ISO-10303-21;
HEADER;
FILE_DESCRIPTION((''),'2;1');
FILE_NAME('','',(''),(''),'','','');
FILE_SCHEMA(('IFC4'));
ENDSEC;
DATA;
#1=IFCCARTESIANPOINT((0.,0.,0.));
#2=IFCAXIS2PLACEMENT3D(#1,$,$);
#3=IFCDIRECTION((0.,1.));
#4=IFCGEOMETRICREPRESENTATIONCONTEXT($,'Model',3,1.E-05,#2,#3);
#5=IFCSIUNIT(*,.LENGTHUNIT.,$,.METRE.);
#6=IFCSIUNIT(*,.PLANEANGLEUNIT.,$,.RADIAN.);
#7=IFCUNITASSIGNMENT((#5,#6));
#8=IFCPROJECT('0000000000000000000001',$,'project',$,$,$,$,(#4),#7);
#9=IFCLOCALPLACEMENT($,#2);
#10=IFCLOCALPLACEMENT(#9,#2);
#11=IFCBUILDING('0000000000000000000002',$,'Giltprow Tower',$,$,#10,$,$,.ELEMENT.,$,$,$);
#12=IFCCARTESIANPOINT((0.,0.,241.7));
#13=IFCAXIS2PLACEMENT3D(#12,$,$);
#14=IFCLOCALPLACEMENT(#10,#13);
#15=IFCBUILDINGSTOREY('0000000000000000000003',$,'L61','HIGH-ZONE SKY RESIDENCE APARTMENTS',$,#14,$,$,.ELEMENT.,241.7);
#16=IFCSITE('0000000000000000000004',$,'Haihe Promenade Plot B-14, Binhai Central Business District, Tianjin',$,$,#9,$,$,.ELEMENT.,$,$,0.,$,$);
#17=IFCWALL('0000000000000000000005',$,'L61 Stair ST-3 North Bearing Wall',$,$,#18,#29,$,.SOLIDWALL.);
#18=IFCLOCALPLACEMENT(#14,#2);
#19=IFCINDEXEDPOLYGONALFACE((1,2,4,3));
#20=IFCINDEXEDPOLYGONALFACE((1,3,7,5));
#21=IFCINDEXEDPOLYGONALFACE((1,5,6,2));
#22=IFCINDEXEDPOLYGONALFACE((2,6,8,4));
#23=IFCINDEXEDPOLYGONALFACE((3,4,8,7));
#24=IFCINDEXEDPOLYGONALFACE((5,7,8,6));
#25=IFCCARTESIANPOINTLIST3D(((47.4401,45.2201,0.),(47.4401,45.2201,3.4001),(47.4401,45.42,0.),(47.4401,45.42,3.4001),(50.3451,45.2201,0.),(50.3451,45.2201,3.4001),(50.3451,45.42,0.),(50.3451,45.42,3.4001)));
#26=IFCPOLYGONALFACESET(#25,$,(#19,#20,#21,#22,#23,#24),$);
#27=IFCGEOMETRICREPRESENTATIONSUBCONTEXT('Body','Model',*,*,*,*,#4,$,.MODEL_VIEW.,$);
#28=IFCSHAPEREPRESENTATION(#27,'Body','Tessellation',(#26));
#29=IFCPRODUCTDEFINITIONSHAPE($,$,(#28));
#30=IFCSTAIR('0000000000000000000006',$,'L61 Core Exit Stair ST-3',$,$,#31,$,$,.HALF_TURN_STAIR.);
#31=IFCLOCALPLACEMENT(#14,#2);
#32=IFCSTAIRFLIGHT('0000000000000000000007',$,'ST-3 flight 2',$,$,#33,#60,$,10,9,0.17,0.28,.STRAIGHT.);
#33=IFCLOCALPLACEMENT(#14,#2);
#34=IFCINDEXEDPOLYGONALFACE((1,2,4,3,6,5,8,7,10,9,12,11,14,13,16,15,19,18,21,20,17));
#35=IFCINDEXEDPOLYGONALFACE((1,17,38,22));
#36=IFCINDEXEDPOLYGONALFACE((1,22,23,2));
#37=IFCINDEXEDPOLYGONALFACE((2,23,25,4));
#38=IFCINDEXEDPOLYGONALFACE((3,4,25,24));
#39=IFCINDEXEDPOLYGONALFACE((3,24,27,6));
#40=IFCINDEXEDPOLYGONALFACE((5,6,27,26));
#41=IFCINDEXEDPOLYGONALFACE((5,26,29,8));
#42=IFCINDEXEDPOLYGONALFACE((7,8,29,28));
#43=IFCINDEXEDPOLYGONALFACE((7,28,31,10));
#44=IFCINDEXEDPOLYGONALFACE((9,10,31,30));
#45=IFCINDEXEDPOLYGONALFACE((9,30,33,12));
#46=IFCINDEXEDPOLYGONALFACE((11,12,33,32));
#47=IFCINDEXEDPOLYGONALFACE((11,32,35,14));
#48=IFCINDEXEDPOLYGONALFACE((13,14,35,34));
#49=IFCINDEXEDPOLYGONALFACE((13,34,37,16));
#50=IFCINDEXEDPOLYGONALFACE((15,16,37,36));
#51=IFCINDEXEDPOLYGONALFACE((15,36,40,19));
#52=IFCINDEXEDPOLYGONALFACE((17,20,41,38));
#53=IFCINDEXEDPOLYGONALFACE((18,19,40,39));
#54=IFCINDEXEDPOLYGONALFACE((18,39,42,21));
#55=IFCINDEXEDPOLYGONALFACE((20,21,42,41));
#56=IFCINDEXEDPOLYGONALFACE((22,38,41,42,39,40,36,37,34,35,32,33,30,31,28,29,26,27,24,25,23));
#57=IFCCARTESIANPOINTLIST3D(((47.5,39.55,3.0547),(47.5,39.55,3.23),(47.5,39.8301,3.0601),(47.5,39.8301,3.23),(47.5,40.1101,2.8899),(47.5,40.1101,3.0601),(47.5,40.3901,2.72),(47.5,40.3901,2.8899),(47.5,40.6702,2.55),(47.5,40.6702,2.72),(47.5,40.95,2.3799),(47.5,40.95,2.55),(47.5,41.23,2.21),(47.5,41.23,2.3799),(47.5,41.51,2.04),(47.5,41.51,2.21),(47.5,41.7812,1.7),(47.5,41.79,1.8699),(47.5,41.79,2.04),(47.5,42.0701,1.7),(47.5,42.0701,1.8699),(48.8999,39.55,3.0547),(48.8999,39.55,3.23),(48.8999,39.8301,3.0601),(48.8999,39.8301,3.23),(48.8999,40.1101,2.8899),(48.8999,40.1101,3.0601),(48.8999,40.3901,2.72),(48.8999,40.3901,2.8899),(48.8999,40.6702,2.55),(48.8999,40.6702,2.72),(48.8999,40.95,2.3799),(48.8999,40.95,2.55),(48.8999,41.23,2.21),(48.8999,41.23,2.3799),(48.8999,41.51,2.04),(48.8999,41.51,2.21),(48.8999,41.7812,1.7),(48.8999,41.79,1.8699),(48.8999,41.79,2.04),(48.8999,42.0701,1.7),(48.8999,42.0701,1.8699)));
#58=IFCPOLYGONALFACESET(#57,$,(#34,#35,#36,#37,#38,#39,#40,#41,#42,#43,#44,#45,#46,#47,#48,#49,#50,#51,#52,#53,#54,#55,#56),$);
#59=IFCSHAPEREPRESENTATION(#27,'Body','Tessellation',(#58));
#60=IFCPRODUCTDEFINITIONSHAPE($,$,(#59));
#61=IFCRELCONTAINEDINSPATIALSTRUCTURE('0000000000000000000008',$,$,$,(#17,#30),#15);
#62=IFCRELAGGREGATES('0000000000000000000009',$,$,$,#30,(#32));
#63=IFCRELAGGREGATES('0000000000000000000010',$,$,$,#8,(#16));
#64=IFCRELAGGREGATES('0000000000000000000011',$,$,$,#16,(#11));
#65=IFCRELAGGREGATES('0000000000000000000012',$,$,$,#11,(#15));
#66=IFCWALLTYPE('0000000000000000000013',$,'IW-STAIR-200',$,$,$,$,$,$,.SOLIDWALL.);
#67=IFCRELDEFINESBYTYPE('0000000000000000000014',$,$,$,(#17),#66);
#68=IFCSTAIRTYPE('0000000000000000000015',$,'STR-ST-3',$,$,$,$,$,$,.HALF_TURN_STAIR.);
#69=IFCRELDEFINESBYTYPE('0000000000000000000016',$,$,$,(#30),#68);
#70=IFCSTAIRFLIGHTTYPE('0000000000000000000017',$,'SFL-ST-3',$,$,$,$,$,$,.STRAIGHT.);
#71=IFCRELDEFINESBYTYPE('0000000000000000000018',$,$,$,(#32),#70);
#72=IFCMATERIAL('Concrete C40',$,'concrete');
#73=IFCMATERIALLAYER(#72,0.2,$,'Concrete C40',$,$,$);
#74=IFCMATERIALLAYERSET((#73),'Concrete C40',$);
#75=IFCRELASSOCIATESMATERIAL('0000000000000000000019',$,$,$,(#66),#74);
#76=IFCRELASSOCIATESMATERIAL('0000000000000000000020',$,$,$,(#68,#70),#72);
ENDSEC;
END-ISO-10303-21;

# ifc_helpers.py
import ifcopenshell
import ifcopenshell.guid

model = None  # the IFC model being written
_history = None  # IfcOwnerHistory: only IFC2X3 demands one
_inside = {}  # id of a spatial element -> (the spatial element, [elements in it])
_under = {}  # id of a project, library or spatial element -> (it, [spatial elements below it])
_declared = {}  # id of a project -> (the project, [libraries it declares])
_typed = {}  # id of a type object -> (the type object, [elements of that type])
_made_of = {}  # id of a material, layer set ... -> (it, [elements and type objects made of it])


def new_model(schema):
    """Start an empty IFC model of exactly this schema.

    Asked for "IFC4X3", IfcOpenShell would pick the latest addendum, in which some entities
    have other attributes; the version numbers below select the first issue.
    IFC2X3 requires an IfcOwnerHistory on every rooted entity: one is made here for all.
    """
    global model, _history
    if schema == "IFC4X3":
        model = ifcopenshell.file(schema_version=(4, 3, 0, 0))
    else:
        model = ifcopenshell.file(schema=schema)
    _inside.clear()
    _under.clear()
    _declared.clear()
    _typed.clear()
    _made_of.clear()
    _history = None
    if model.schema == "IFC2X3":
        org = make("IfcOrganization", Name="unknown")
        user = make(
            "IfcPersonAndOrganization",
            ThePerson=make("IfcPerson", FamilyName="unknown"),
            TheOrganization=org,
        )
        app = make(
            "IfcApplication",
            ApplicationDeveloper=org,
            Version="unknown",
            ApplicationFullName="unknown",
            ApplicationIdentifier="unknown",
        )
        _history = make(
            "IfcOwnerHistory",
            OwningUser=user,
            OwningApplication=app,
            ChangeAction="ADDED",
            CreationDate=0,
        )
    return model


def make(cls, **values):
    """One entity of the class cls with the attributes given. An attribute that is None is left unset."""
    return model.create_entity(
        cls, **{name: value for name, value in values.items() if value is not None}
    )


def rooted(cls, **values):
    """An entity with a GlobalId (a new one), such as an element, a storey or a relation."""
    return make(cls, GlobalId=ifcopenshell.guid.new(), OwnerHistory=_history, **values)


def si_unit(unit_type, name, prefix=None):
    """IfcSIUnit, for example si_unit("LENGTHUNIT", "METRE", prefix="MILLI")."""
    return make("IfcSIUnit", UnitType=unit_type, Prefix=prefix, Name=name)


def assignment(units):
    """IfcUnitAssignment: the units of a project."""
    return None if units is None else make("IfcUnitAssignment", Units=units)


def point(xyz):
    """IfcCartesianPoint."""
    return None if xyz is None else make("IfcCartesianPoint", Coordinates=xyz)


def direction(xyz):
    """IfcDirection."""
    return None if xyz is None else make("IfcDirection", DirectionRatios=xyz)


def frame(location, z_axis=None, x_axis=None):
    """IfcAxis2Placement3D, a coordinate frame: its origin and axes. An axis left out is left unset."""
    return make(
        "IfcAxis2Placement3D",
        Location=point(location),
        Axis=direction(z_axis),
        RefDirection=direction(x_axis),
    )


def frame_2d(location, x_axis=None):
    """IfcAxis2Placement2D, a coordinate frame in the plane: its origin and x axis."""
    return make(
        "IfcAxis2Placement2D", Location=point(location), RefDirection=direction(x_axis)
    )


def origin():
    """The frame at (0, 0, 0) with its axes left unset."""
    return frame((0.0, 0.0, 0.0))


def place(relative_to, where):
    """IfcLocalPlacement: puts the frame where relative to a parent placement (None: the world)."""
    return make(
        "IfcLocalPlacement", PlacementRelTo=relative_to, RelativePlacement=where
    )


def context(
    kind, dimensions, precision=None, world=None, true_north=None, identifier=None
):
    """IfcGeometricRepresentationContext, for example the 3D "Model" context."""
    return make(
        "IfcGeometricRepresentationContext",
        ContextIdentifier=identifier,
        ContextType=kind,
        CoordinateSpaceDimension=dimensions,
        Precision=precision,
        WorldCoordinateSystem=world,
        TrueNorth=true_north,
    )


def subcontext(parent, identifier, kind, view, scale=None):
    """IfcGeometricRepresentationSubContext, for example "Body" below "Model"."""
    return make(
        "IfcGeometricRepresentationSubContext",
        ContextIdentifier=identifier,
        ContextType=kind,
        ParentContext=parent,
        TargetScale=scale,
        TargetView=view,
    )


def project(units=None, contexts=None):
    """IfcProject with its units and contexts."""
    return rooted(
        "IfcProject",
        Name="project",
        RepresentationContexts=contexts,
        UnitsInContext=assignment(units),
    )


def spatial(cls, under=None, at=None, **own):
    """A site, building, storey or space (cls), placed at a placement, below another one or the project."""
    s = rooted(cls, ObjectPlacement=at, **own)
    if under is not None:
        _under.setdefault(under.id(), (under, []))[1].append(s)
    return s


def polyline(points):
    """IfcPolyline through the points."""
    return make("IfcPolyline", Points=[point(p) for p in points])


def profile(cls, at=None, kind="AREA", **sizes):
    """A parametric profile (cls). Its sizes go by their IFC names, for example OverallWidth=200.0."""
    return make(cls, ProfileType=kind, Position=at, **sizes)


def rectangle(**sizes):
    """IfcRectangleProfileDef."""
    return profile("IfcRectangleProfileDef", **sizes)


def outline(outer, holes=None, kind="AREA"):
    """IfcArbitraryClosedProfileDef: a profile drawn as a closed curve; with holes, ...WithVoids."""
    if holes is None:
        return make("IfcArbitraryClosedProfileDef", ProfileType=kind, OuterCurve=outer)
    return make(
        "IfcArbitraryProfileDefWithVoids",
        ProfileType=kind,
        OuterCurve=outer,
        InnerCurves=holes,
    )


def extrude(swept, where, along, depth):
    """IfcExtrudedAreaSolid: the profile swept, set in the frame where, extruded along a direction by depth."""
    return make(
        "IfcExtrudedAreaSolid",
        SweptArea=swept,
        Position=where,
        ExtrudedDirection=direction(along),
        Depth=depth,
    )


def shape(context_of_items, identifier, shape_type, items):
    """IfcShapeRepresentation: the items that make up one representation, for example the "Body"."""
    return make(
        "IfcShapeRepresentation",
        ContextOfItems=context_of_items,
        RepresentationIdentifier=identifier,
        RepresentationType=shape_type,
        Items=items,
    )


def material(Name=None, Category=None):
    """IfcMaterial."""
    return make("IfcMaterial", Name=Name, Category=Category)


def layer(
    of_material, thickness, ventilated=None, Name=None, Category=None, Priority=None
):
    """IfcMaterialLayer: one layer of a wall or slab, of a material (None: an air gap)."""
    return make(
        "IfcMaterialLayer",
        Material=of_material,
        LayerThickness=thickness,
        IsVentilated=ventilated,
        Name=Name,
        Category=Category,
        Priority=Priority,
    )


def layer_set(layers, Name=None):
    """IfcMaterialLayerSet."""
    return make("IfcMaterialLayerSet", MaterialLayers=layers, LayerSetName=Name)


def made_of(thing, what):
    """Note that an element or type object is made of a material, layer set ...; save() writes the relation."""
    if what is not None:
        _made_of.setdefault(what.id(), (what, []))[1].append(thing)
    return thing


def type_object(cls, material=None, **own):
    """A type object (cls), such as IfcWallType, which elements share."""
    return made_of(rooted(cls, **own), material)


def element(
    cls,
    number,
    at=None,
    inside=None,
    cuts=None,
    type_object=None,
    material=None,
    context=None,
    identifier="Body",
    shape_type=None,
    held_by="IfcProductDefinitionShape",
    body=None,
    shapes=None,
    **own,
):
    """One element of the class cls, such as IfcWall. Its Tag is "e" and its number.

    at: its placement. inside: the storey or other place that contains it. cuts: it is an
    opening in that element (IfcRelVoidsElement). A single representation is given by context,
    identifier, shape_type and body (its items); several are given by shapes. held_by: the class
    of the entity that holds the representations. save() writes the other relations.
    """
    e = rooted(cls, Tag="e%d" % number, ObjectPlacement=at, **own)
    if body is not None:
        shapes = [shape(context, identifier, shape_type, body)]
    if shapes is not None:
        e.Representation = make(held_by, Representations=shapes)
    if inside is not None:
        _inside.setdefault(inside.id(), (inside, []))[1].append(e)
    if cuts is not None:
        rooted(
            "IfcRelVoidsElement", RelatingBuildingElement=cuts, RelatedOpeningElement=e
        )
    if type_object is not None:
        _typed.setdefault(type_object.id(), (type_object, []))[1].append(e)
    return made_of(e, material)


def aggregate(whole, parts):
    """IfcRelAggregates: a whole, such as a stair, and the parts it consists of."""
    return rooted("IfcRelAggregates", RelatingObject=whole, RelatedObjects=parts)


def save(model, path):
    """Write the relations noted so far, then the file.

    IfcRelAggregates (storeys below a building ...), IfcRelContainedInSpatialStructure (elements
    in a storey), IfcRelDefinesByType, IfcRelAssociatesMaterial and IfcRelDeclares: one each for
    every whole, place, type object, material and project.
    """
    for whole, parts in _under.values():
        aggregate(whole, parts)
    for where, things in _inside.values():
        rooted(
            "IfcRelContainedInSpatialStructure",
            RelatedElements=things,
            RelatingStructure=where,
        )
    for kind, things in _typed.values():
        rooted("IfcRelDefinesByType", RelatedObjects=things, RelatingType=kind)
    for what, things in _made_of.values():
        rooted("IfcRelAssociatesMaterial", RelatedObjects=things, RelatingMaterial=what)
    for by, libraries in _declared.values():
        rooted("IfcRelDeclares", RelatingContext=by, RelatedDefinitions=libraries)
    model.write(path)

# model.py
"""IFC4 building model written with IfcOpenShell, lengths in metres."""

from ifc_helpers import new_model, si_unit, direction, frame, frame_2d, origin, place, context, subcontext, project, spatial, polyline, rectangle, outline, extrude, material, layer, layer_set, type_object, element, aggregate, save


model = new_model("IFC4")

# Units and contexts
model_context = context("Model", 3, precision=1e-05, world=origin(), true_north=direction((0.0, 1.0)))
body_context = subcontext(model_context, "Body", "Model", "MODEL_VIEW")
ifc_project = project(units=[si_unit("LENGTHUNIT", "METRE"), si_unit("PLANEANGLEUNIT", "RADIAN")], contexts=[model_context])

# Site, building, storey
site_placement = place(None, origin())
site = spatial("IfcSite", under=ifc_project, at=site_placement, Name="Haihe Promenade Plot B-14, Binhai Central Business District, Tianjin", CompositionType="ELEMENT", RefElevation=0.0)
building_placement = place(site_placement, origin())
building = spatial("IfcBuilding", under=site, at=building_placement, Name="Giltprow Tower", CompositionType="ELEMENT")
storey_placement = place(building_placement, frame((0.0, 0.0, 241.7)))
storey = spatial("IfcBuildingStorey", under=building, at=storey_placement, Name="L61", Description="HIGH-ZONE SKY RESIDENCE APARTMENTS", CompositionType="ELEMENT", Elevation=241.7)

# Wall
ifc_material_1 = material(Name="Concrete C40", Category="concrete")
ifc_layer_1 = layer(ifc_material_1, 0.2, Name="Concrete C40")
ifc_layer_set_1 = layer_set([ifc_layer_1], Name="Concrete C40")
wall_type_1 = type_object("IfcWallType", Name="IW-STAIR-200", PredefinedType="SOLIDWALL", material=ifc_layer_set_1)
wall_1_placement = place(storey_placement, frame((47.4399, 45.3201, 0.0), z_axis=(0.0, 0.0, 1.0), x_axis=(1.0, 0.0, 0.0)))
element("IfcWall", 1, at=wall_1_placement, inside=storey, type_object=wall_type_1, Name="L61 Stair ST-3 North Bearing Wall", PredefinedType="SOLIDWALL", context=body_context, shape_type="SweptSolid", body=[
    extrude(rectangle(XDim=2.905, YDim=0.2, at=frame_2d((1.4526, 0.0))), origin(), (0.0, 0.0, 1.0), 3.4001),
])

# Stair, stair flight
stair_type = type_object("IfcStairType", Name="STR-ST-3", PredefinedType="HALF_TURN_STAIR", material=ifc_material_1)
stair_placement = place(storey_placement, origin())
stair = element("IfcStair", 2, at=stair_placement, inside=storey, type_object=stair_type, Name="L61 Core Exit Stair ST-3", PredefinedType="HALF_TURN_STAIR")
stair_flight_type = type_object("IfcStairFlightType", Name="SFL-ST-3", PredefinedType="STRAIGHT", material=ifc_material_1)
stair_flight_placement = place(storey_placement, frame((48.2, 42.0701, 1.7), z_axis=(0.0, 0.0, 1.0), x_axis=(0.0, -1.0, 0.0)))
stair_flight = element("IfcStairFlight", 3, at=stair_flight_placement, type_object=stair_flight_type, Name="ST-3 flight 2", NumberOfRisers=10, NumberOfTreads=9, PredefinedType="STRAIGHT", RiserHeight=0.17, TreadLength=0.28, context=body_context, shape_type="SweptSolid", body=[
    extrude(outline(polyline([(0.0, 0.0), (0.0, 0.1699), (0.28, 0.1699), (0.28, 0.3401), (0.5601, 0.3401), (0.5601, 0.51), (0.8401, 0.51), (0.8401, 0.6799), (1.1201, 0.6799), (1.1201, 0.8501), (1.3999, 0.8501), (1.3999, 1.02), (1.6799, 1.02), (1.6799, 1.1899), (1.96, 1.1899), (1.96, 1.3601), (2.24, 1.3601), (2.24, 1.53), (2.52, 1.53), (2.52, 1.7), (2.52, 1.3547), (0.2888, 0.0), (0.0, 0.0)])), frame((0.0, 0.7, 0.0), z_axis=(0.0, -1.0, 0.0), x_axis=(1.0, 0.0, 0.0)), (0.0, 0.0, 1.0), 1.3999),
])
aggregate(stair, [stair_flight])

save(model, "model.ifc")
